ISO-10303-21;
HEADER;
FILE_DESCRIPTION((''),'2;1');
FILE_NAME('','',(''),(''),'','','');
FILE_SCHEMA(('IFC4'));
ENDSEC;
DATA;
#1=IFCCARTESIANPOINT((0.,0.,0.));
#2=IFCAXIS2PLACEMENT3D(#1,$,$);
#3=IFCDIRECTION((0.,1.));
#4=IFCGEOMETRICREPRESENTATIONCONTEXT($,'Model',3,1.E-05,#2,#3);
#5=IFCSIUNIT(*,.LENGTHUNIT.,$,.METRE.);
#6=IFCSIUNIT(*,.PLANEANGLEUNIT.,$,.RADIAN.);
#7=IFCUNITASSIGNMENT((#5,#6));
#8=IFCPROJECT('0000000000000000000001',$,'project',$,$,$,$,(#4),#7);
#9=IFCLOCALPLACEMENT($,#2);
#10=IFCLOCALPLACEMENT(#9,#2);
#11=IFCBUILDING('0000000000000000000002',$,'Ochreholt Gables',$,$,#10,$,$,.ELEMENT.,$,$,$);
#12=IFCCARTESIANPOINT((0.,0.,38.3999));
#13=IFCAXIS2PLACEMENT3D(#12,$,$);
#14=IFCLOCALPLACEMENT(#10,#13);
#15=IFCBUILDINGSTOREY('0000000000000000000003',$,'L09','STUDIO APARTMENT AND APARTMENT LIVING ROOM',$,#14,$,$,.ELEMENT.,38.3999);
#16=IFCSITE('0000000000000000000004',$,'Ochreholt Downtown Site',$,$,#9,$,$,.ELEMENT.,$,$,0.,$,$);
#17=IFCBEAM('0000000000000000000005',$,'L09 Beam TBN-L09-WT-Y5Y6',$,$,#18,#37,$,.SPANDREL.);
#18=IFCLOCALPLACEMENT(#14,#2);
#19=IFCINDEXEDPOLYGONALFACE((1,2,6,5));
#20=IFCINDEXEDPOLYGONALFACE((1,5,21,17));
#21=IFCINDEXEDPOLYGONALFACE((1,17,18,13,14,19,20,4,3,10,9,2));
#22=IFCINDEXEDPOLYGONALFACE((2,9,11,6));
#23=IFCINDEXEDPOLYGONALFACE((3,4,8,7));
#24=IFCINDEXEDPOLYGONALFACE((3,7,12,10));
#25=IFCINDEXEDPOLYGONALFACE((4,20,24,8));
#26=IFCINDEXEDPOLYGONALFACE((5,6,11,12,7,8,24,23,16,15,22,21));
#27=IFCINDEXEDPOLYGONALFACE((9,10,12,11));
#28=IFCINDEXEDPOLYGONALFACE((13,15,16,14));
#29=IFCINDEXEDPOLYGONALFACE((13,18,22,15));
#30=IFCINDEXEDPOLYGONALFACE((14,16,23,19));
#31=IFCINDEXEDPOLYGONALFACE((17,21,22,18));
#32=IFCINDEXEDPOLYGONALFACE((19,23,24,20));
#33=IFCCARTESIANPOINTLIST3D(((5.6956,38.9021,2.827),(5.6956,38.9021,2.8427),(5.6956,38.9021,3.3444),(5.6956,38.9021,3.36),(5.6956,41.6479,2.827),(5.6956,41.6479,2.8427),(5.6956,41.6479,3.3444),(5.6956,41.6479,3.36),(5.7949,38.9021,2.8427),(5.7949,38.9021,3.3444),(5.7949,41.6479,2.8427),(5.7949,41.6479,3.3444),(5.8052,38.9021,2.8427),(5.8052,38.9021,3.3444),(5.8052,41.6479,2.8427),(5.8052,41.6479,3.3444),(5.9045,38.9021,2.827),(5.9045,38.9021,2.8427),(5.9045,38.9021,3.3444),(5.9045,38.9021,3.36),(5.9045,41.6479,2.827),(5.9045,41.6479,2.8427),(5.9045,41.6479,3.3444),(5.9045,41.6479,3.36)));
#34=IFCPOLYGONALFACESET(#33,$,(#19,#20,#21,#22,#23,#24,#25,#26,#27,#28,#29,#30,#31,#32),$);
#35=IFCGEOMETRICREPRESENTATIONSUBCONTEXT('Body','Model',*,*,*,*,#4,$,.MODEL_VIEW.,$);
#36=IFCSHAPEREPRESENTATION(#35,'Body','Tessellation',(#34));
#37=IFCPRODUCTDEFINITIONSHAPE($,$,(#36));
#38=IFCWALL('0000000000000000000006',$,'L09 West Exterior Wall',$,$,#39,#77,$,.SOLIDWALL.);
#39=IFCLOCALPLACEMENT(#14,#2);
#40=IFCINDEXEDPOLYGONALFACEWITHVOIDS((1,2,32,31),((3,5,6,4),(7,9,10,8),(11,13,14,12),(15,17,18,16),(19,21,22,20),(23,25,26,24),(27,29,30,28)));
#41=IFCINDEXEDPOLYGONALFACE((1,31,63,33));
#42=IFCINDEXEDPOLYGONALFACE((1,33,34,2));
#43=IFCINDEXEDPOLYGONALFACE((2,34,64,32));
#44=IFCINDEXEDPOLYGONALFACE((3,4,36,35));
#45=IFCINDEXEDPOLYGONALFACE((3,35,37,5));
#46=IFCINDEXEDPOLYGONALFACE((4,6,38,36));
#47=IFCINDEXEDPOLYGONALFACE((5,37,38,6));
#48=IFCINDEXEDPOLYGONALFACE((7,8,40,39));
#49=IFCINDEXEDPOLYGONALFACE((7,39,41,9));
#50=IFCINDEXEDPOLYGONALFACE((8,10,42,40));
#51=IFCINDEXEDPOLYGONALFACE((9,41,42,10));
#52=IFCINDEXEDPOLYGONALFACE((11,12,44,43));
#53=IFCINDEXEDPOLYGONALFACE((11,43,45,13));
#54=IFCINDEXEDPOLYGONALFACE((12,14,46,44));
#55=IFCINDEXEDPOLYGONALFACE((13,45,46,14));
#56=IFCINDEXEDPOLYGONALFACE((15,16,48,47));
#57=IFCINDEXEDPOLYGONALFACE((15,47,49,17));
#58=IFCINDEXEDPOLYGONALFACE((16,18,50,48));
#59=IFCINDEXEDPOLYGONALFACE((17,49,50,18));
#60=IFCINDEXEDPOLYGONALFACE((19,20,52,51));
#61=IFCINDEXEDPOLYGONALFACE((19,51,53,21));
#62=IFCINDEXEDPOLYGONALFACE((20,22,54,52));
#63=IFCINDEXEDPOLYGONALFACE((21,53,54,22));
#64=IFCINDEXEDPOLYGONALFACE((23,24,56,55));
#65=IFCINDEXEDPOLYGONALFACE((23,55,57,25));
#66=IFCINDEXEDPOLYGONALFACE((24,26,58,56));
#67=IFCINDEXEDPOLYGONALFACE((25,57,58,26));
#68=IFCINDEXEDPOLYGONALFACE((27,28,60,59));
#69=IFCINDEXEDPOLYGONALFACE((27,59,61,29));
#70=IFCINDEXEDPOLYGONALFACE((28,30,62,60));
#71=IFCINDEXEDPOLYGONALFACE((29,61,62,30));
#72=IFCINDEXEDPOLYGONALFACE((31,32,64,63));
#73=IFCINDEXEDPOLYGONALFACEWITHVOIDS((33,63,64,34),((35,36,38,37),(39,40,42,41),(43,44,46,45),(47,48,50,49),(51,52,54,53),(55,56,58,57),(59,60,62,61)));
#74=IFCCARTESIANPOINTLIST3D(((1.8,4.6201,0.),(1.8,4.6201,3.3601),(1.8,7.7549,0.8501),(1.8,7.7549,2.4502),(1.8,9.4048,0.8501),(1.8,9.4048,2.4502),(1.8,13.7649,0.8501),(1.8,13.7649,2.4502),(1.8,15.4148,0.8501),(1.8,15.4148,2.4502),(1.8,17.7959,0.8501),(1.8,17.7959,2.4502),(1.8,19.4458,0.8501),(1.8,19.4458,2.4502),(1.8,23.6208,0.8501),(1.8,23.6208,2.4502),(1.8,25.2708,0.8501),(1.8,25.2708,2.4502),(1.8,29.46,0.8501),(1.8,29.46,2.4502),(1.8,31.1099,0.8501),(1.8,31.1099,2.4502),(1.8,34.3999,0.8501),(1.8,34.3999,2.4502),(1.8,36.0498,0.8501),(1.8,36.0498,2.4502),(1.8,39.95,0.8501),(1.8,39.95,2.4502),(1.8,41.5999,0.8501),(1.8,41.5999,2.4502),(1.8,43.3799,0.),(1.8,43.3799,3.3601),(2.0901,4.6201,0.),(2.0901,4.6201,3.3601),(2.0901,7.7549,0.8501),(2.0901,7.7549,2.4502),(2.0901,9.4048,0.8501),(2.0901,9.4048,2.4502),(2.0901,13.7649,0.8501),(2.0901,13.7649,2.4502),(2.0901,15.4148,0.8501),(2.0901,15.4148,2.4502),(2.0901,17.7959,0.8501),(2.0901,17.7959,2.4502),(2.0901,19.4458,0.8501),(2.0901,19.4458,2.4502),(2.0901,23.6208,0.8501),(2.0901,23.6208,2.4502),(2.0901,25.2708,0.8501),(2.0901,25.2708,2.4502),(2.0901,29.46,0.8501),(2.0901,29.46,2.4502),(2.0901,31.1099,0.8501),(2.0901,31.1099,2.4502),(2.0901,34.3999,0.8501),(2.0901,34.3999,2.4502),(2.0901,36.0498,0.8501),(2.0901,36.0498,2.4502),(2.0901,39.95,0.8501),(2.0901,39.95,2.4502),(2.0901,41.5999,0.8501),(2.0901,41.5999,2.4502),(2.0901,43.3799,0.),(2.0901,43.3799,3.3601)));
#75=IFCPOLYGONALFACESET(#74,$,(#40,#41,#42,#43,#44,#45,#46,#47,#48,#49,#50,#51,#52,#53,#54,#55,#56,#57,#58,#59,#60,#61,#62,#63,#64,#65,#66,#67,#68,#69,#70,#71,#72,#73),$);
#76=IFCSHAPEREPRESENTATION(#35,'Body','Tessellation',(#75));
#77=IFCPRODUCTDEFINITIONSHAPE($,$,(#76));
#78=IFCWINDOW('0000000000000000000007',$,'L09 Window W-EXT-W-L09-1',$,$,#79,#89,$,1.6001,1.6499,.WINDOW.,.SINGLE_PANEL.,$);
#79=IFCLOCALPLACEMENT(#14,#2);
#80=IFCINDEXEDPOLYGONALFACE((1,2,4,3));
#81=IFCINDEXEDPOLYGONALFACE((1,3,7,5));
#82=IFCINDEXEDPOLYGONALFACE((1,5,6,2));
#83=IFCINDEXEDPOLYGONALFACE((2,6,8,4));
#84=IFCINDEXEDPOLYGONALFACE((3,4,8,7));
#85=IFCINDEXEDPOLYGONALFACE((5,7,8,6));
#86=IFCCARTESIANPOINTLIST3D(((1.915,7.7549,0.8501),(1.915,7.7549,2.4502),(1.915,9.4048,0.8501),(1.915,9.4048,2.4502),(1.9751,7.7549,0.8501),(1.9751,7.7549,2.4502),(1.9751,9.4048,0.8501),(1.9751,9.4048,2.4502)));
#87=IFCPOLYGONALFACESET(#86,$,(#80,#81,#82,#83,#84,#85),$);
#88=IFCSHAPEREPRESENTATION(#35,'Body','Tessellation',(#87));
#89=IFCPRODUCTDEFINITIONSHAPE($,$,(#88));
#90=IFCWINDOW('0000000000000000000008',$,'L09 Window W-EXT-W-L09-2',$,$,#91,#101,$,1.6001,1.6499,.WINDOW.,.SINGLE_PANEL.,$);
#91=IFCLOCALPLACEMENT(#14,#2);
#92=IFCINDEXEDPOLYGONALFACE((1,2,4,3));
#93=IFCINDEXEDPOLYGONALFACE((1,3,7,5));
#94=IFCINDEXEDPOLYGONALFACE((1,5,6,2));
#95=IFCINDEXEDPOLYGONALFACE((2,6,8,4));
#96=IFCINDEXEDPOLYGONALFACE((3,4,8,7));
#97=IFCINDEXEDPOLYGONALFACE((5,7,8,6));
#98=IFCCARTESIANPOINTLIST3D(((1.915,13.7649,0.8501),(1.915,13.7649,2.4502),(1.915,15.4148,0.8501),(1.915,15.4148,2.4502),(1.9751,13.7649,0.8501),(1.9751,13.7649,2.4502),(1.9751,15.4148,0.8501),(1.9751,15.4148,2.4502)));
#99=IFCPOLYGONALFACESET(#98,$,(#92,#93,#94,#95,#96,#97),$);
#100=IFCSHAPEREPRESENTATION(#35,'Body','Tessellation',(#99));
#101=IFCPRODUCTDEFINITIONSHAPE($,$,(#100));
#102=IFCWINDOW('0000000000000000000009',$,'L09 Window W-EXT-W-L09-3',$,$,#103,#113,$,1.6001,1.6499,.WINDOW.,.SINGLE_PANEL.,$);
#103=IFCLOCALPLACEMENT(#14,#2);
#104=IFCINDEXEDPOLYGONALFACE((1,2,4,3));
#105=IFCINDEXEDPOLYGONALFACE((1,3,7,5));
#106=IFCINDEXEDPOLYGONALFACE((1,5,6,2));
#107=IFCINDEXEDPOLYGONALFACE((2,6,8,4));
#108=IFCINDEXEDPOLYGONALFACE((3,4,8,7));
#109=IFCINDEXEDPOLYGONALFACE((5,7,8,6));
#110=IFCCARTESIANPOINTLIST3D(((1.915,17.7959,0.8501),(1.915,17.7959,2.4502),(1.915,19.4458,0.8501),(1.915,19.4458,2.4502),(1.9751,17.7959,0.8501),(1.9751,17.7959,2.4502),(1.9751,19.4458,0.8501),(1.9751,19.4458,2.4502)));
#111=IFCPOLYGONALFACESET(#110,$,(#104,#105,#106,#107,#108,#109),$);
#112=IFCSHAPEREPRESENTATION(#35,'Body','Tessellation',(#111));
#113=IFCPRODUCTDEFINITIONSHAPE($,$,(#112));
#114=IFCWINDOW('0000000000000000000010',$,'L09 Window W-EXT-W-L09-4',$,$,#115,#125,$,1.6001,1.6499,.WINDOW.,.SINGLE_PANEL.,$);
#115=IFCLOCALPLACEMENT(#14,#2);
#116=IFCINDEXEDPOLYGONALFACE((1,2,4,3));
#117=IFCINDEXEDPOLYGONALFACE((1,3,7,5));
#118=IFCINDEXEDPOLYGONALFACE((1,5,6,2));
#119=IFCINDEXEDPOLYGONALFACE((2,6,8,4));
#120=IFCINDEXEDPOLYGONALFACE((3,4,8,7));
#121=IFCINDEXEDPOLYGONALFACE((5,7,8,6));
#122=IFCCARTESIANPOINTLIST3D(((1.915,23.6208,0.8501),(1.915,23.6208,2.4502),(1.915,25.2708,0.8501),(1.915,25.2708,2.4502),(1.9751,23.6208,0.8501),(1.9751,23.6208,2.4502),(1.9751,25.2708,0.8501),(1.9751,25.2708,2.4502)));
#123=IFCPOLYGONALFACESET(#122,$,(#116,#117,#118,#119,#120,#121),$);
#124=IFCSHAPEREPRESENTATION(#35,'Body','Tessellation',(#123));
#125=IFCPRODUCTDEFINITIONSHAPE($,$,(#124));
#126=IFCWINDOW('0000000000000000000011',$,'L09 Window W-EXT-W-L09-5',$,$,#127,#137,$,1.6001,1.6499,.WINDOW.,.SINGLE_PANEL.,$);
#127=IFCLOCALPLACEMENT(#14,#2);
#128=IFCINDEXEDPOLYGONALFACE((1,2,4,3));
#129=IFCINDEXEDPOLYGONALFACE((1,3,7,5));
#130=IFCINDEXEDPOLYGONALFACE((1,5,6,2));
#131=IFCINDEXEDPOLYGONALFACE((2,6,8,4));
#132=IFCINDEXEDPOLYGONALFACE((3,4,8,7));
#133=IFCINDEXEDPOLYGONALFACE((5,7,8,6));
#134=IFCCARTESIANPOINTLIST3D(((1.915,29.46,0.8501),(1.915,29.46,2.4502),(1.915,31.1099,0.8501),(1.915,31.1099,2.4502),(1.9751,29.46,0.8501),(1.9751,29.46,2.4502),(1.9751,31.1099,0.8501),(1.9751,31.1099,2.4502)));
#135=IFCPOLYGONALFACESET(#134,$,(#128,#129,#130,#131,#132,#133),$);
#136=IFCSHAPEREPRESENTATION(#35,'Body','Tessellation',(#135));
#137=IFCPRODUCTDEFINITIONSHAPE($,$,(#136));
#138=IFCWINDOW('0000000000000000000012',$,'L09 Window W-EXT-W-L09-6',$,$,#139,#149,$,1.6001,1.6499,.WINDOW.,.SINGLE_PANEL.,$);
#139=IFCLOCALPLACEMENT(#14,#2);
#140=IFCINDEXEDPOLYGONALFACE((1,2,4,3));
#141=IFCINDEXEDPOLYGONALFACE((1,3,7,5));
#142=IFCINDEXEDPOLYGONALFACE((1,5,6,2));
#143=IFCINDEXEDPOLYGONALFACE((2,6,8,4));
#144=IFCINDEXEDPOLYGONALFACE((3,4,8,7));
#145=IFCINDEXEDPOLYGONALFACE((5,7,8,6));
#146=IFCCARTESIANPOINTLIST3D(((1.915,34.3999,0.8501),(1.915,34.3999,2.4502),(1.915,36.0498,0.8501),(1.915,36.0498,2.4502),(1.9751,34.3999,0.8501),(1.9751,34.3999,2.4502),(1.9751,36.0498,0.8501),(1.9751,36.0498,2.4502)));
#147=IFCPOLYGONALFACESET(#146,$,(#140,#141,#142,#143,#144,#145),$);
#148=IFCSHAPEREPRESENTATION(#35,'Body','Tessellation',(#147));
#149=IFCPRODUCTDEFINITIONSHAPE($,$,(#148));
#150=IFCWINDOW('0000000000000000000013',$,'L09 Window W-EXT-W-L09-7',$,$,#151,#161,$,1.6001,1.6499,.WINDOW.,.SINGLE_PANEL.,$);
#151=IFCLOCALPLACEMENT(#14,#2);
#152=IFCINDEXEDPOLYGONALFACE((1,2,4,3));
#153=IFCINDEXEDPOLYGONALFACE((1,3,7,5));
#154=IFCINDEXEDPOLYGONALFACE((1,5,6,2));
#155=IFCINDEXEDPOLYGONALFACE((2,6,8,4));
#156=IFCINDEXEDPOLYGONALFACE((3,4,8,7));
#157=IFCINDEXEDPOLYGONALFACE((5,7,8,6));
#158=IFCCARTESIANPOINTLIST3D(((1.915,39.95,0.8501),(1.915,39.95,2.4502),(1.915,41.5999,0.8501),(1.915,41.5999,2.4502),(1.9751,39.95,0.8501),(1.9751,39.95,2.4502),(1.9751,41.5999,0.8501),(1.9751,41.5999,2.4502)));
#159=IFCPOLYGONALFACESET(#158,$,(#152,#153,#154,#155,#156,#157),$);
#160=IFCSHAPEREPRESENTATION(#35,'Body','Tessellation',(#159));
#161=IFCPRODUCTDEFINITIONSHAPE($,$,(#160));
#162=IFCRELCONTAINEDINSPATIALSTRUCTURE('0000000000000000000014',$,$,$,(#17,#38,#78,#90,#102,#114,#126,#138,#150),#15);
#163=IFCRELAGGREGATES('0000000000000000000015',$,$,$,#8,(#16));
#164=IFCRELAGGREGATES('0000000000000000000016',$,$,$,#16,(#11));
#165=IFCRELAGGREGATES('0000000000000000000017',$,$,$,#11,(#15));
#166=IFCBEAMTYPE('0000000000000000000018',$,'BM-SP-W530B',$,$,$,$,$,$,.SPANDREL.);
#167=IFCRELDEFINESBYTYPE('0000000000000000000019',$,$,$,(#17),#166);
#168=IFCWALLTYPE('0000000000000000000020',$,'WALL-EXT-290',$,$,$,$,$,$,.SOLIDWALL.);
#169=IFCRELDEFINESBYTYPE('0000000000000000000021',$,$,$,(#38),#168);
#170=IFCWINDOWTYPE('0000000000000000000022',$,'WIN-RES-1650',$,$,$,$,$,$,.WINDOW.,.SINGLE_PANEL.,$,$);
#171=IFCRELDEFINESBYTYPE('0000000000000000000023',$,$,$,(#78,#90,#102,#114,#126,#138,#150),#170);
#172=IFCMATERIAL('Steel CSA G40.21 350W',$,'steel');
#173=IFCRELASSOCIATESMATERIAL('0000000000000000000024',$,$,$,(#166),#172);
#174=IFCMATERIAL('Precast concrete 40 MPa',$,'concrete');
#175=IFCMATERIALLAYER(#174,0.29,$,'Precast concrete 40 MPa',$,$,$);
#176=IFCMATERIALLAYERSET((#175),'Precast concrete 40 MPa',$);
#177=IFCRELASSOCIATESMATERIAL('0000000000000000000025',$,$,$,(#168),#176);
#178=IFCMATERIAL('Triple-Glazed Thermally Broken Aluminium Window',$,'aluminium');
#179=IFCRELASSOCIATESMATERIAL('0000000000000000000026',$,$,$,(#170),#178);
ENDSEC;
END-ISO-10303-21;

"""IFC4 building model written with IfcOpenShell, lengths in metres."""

from ifc_helpers import new_model, si_unit, direction, frame, frame_2d, origin, origin_2d, place, context, subcontext, project, spatial, rectangle, i_section, extrude, material, layer, layer_set, material_profile, profile_set, type_object, element, fill, save


model = new_model("IFC4")

# Units and contexts
model_context = context("Model", 3, precision=1e-05, world=origin(), true_north=direction((0.0, 1.0)))
body_context = subcontext(model_context, "Body", "Model", "MODEL_VIEW")
ifc_project = project(units=[si_unit("LENGTHUNIT", "METRE"), si_unit("PLANEANGLEUNIT", "RADIAN")], contexts=[model_context])

# Site, building, storey
site_placement = place(None, origin())
site = spatial("IfcSite", under=ifc_project, at=site_placement, Name="Ochreholt Downtown Site", CompositionType="ELEMENT", RefElevation=0.0)
building_placement = place(site_placement, origin())
building = spatial("IfcBuilding", under=site, at=building_placement, Name="Ochreholt Gables", CompositionType="ELEMENT")
storey_placement = place(building_placement, frame((0.0, 0.0, 38.3999)))
storey = spatial("IfcBuildingStorey", under=building, at=storey_placement, Name="L09", Description="STUDIO APARTMENT AND APARTMENT LIVING ROOM", CompositionType="ELEMENT", Elevation=38.3999)

# Shared definitions
ifc_material_1 = material(Name="Steel CSA G40.21 350W", Category="steel")

# Beam
ifc_material_profile_1 = material_profile(ifc_material_1, i_section(OverallWidth=0.209, OverallDepth=0.533, WebThickness=0.0103, FlangeThickness=0.0156, at=origin_2d()), Name="W530X92")
ifc_profile_set_1 = profile_set([ifc_material_profile_1], Name="Steel CSA G40.21 350W")
beam_type_1 = type_object("IfcBeamType", Name="BM-SP-W530B", PredefinedType="SPANDREL", material=ifc_profile_set_1)
beam_1_placement = place(storey_placement, frame((5.8, 38.9021, 3.0935), z_axis=(0.0, 1.0, 0.0), x_axis=(-1.0, 0.0, 0.0)))
element("IfcBeam", 1, at=beam_1_placement, inside=storey, type_object=beam_type_1, Name="L09 Beam TBN-L09-WT-Y5Y6", PredefinedType="SPANDREL", context=body_context, shape_type="SweptSolid", body=[
    extrude(i_section(OverallWidth=0.209, OverallDepth=0.533, WebThickness=0.0103, FlangeThickness=0.0156, at=origin_2d()), origin(), (0.0, 0.0, 1.0), 2.7458),
])

# Wall, openings, windows
ifc_material_2 = material(Name="Precast concrete 40 MPa", Category="concrete")
ifc_layer_1 = layer(ifc_material_2, 0.29, Name="Precast concrete 40 MPa")
ifc_layer_set_1 = layer_set([ifc_layer_1], Name="Precast concrete 40 MPa")
wall_type_1 = type_object("IfcWallType", Name="WALL-EXT-290", PredefinedType="SOLIDWALL", material=ifc_layer_set_1)
wall_1_placement = place(storey_placement, frame((1.9451, 43.3799, 0.0), z_axis=(0.0, 0.0, 1.0), x_axis=(0.0, -1.0, 0.0)))
wall_1 = element("IfcWall", 2, at=wall_1_placement, inside=storey, type_object=wall_type_1, Name="L09 West Exterior Wall", PredefinedType="SOLIDWALL", context=body_context, shape_type="SweptSolid", body=[
    extrude(rectangle(XDim=38.7598, YDim=0.29, at=frame_2d((19.3799, 0.0))), origin(), (0.0, 0.0, 1.0), 3.3601),
])
opening_1_placement = place(wall_1_placement, frame((33.9751, 0.0, 0.8501)))
opening_1 = element("IfcOpeningElement", 3, at=opening_1_placement, cuts=wall_1, PredefinedType="OPENING", context=body_context, shape_type="SweptSolid", body=[
    extrude(rectangle(XDim=1.6499, YDim=1.6001, at=frame_2d((0.825, 0.8))), frame((0.0, 0.155, 0.0), z_axis=(0.0, -1.0, 0.0), x_axis=(1.0, 0.0, 0.0)), (0.0, 0.0, 1.0), 0.3101),
])
opening_2_placement = place(wall_1_placement, frame((27.9651, 0.0, 0.8501)))
opening_2 = element("IfcOpeningElement", 4, at=opening_2_placement, cuts=wall_1, PredefinedType="OPENING", context=body_context, shape_type="SweptSolid", body=[
    extrude(rectangle(XDim=1.6499, YDim=1.6001, at=frame_2d((0.825, 0.8))), frame((0.0, 0.155, 0.0), z_axis=(0.0, -1.0, 0.0), x_axis=(1.0, 0.0, 0.0)), (0.0, 0.0, 1.0), 0.3101),
])
opening_3_placement = place(wall_1_placement, frame((23.9341, 0.0, 0.8501)))
opening_3 = element("IfcOpeningElement", 5, at=opening_3_placement, cuts=wall_1, PredefinedType="OPENING", context=body_context, shape_type="SweptSolid", body=[
    extrude(rectangle(XDim=1.6499, YDim=1.6001, at=frame_2d((0.825, 0.8))), frame((0.0, 0.155, 0.0), z_axis=(0.0, -1.0, 0.0), x_axis=(1.0, 0.0, 0.0)), (0.0, 0.0, 1.0), 0.3101),
])
opening_4_placement = place(wall_1_placement, frame((18.1091, 0.0, 0.8501)))
opening_4 = element("IfcOpeningElement", 6, at=opening_4_placement, cuts=wall_1, PredefinedType="OPENING", context=body_context, shape_type="SweptSolid", body=[
    extrude(rectangle(XDim=1.6499, YDim=1.6001, at=frame_2d((0.825, 0.8))), frame((0.0, 0.155, 0.0), z_axis=(0.0, -1.0, 0.0), x_axis=(1.0, 0.0, 0.0)), (0.0, 0.0, 1.0), 0.3101),
])
opening_5_placement = place(wall_1_placement, frame((12.27, 0.0, 0.8501)))
opening_5 = element("IfcOpeningElement", 7, at=opening_5_placement, cuts=wall_1, PredefinedType="OPENING", context=body_context, shape_type="SweptSolid", body=[
    extrude(rectangle(XDim=1.6499, YDim=1.6001, at=frame_2d((0.825, 0.8))), frame((0.0, 0.155, 0.0), z_axis=(0.0, -1.0, 0.0), x_axis=(1.0, 0.0, 0.0)), (0.0, 0.0, 1.0), 0.3101),
])
opening_6_placement = place(wall_1_placement, frame((7.3301, 0.0, 0.8501)))
opening_6 = element("IfcOpeningElement", 8, at=opening_6_placement, cuts=wall_1, PredefinedType="OPENING", context=body_context, shape_type="SweptSolid", body=[
    extrude(rectangle(XDim=1.6499, YDim=1.6001, at=frame_2d((0.825, 0.8))), frame((0.0, 0.155, 0.0), z_axis=(0.0, -1.0, 0.0), x_axis=(1.0, 0.0, 0.0)), (0.0, 0.0, 1.0), 0.3101),
])
opening_7_placement = place(wall_1_placement, frame((1.78, 0.0, 0.8501)))
opening_7 = element("IfcOpeningElement", 9, at=opening_7_placement, cuts=wall_1, PredefinedType="OPENING", context=body_context, shape_type="SweptSolid", body=[
    extrude(rectangle(XDim=1.6499, YDim=1.6001, at=frame_2d((0.825, 0.8))), frame((0.0, 0.155, 0.0), z_axis=(0.0, -1.0, 0.0), x_axis=(1.0, 0.0, 0.0)), (0.0, 0.0, 1.0), 0.3101),
])
ifc_material_3 = material(Name="Triple-Glazed Thermally Broken Aluminium Window", Category="aluminium")
window_type = type_object("IfcWindowType", Name="WIN-RES-1650", PartitioningType="SINGLE_PANEL", PredefinedType="WINDOW", material=ifc_material_3)
window_1_placement = place(opening_1_placement, origin())
window_1 = element("IfcWindow", 10, at=window_1_placement, inside=storey, type_object=window_type, Name="L09 Window W-EXT-W-L09-1", OverallHeight=1.6001, OverallWidth=1.6499, PartitioningType="SINGLE_PANEL", PredefinedType="WINDOW", context=body_context, shape_type="SweptSolid", body=[
    extrude(rectangle(XDim=1.6499, YDim=1.6001, at=frame_2d((0.825, 0.8))), frame((0.0, 0.03, 0.0), z_axis=(0.0, -1.0, 0.0), x_axis=(1.0, 0.0, 0.0)), (0.0, 0.0, 1.0), 0.0601),
])
fill(opening_1, window_1)
window_2_placement = place(opening_2_placement, origin())
window_2 = element("IfcWindow", 11, at=window_2_placement, inside=storey, type_object=window_type, Name="L09 Window W-EXT-W-L09-2", OverallHeight=1.6001, OverallWidth=1.6499, PartitioningType="SINGLE_PANEL", PredefinedType="WINDOW", context=body_context, shape_type="SweptSolid", body=[
    extrude(rectangle(XDim=1.6499, YDim=1.6001, at=frame_2d((0.825, 0.8))), frame((0.0, 0.03, 0.0), z_axis=(0.0, -1.0, 0.0), x_axis=(1.0, 0.0, 0.0)), (0.0, 0.0, 1.0), 0.0601),
])
fill(opening_2, window_2)
window_3_placement = place(opening_3_placement, origin())
window_3 = element("IfcWindow", 12, at=window_3_placement, inside=storey, type_object=window_type, Name="L09 Window W-EXT-W-L09-3", OverallHeight=1.6001, OverallWidth=1.6499, PartitioningType="SINGLE_PANEL", PredefinedType="WINDOW", context=body_context, shape_type="SweptSolid", body=[
    extrude(rectangle(XDim=1.6499, YDim=1.6001, at=frame_2d((0.825, 0.8))), frame((0.0, 0.03, 0.0), z_axis=(0.0, -1.0, 0.0), x_axis=(1.0, 0.0, 0.0)), (0.0, 0.0, 1.0), 0.0601),
])
fill(opening_3, window_3)
window_4_placement = place(opening_4_placement, origin())
window_4 = element("IfcWindow", 13, at=window_4_placement, inside=storey, type_object=window_type, Name="L09 Window W-EXT-W-L09-4", OverallHeight=1.6001, OverallWidth=1.6499, PartitioningType="SINGLE_PANEL", PredefinedType="WINDOW", context=body_context, shape_type="SweptSolid", body=[
    extrude(rectangle(XDim=1.6499, YDim=1.6001, at=frame_2d((0.825, 0.8))), frame((0.0, 0.03, 0.0), z_axis=(0.0, -1.0, 0.0), x_axis=(1.0, 0.0, 0.0)), (0.0, 0.0, 1.0), 0.0601),
])
fill(opening_4, window_4)
window_5_placement = place(opening_5_placement, origin())
window_5 = element("IfcWindow", 14, at=window_5_placement, inside=storey, type_object=window_type, Name="L09 Window W-EXT-W-L09-5", OverallHeight=1.6001, OverallWidth=1.6499, PartitioningType="SINGLE_PANEL", PredefinedType="WINDOW", context=body_context, shape_type="SweptSolid", body=[
    extrude(rectangle(XDim=1.6499, YDim=1.6001, at=frame_2d((0.825, 0.8))), frame((0.0, 0.03, 0.0), z_axis=(0.0, -1.0, 0.0), x_axis=(1.0, 0.0, 0.0)), (0.0, 0.0, 1.0), 0.0601),
])
fill(opening_5, window_5)
window_6_placement = place(opening_6_placement, origin())
window_6 = element("IfcWindow", 15, at=window_6_placement, inside=storey, type_object=window_type, Name="L09 Window W-EXT-W-L09-6", OverallHeight=1.6001, OverallWidth=1.6499, PartitioningType="SINGLE_PANEL", PredefinedType="WINDOW", context=body_context, shape_type="SweptSolid", body=[
    extrude(rectangle(XDim=1.6499, YDim=1.6001, at=frame_2d((0.825, 0.8))), frame((0.0, 0.03, 0.0), z_axis=(0.0, -1.0, 0.0), x_axis=(1.0, 0.0, 0.0)), (0.0, 0.0, 1.0), 0.0601),
])
fill(opening_6, window_6)
window_7_placement = place(opening_7_placement, origin())
window_7 = element("IfcWindow", 16, at=window_7_placement, inside=storey, type_object=window_type, Name="L09 Window W-EXT-W-L09-7", OverallHeight=1.6001, OverallWidth=1.6499, PartitioningType="SINGLE_PANEL", PredefinedType="WINDOW", context=body_context, shape_type="SweptSolid", body=[
    extrude(rectangle(XDim=1.6499, YDim=1.6001, at=frame_2d((0.825, 0.8))), frame((0.0, 0.03, 0.0), z_axis=(0.0, -1.0, 0.0), x_axis=(1.0, 0.0, 0.0)), (0.0, 0.0, 1.0), 0.0601),
])
fill(opening_7, window_7)

save(model, "model.ifc")
